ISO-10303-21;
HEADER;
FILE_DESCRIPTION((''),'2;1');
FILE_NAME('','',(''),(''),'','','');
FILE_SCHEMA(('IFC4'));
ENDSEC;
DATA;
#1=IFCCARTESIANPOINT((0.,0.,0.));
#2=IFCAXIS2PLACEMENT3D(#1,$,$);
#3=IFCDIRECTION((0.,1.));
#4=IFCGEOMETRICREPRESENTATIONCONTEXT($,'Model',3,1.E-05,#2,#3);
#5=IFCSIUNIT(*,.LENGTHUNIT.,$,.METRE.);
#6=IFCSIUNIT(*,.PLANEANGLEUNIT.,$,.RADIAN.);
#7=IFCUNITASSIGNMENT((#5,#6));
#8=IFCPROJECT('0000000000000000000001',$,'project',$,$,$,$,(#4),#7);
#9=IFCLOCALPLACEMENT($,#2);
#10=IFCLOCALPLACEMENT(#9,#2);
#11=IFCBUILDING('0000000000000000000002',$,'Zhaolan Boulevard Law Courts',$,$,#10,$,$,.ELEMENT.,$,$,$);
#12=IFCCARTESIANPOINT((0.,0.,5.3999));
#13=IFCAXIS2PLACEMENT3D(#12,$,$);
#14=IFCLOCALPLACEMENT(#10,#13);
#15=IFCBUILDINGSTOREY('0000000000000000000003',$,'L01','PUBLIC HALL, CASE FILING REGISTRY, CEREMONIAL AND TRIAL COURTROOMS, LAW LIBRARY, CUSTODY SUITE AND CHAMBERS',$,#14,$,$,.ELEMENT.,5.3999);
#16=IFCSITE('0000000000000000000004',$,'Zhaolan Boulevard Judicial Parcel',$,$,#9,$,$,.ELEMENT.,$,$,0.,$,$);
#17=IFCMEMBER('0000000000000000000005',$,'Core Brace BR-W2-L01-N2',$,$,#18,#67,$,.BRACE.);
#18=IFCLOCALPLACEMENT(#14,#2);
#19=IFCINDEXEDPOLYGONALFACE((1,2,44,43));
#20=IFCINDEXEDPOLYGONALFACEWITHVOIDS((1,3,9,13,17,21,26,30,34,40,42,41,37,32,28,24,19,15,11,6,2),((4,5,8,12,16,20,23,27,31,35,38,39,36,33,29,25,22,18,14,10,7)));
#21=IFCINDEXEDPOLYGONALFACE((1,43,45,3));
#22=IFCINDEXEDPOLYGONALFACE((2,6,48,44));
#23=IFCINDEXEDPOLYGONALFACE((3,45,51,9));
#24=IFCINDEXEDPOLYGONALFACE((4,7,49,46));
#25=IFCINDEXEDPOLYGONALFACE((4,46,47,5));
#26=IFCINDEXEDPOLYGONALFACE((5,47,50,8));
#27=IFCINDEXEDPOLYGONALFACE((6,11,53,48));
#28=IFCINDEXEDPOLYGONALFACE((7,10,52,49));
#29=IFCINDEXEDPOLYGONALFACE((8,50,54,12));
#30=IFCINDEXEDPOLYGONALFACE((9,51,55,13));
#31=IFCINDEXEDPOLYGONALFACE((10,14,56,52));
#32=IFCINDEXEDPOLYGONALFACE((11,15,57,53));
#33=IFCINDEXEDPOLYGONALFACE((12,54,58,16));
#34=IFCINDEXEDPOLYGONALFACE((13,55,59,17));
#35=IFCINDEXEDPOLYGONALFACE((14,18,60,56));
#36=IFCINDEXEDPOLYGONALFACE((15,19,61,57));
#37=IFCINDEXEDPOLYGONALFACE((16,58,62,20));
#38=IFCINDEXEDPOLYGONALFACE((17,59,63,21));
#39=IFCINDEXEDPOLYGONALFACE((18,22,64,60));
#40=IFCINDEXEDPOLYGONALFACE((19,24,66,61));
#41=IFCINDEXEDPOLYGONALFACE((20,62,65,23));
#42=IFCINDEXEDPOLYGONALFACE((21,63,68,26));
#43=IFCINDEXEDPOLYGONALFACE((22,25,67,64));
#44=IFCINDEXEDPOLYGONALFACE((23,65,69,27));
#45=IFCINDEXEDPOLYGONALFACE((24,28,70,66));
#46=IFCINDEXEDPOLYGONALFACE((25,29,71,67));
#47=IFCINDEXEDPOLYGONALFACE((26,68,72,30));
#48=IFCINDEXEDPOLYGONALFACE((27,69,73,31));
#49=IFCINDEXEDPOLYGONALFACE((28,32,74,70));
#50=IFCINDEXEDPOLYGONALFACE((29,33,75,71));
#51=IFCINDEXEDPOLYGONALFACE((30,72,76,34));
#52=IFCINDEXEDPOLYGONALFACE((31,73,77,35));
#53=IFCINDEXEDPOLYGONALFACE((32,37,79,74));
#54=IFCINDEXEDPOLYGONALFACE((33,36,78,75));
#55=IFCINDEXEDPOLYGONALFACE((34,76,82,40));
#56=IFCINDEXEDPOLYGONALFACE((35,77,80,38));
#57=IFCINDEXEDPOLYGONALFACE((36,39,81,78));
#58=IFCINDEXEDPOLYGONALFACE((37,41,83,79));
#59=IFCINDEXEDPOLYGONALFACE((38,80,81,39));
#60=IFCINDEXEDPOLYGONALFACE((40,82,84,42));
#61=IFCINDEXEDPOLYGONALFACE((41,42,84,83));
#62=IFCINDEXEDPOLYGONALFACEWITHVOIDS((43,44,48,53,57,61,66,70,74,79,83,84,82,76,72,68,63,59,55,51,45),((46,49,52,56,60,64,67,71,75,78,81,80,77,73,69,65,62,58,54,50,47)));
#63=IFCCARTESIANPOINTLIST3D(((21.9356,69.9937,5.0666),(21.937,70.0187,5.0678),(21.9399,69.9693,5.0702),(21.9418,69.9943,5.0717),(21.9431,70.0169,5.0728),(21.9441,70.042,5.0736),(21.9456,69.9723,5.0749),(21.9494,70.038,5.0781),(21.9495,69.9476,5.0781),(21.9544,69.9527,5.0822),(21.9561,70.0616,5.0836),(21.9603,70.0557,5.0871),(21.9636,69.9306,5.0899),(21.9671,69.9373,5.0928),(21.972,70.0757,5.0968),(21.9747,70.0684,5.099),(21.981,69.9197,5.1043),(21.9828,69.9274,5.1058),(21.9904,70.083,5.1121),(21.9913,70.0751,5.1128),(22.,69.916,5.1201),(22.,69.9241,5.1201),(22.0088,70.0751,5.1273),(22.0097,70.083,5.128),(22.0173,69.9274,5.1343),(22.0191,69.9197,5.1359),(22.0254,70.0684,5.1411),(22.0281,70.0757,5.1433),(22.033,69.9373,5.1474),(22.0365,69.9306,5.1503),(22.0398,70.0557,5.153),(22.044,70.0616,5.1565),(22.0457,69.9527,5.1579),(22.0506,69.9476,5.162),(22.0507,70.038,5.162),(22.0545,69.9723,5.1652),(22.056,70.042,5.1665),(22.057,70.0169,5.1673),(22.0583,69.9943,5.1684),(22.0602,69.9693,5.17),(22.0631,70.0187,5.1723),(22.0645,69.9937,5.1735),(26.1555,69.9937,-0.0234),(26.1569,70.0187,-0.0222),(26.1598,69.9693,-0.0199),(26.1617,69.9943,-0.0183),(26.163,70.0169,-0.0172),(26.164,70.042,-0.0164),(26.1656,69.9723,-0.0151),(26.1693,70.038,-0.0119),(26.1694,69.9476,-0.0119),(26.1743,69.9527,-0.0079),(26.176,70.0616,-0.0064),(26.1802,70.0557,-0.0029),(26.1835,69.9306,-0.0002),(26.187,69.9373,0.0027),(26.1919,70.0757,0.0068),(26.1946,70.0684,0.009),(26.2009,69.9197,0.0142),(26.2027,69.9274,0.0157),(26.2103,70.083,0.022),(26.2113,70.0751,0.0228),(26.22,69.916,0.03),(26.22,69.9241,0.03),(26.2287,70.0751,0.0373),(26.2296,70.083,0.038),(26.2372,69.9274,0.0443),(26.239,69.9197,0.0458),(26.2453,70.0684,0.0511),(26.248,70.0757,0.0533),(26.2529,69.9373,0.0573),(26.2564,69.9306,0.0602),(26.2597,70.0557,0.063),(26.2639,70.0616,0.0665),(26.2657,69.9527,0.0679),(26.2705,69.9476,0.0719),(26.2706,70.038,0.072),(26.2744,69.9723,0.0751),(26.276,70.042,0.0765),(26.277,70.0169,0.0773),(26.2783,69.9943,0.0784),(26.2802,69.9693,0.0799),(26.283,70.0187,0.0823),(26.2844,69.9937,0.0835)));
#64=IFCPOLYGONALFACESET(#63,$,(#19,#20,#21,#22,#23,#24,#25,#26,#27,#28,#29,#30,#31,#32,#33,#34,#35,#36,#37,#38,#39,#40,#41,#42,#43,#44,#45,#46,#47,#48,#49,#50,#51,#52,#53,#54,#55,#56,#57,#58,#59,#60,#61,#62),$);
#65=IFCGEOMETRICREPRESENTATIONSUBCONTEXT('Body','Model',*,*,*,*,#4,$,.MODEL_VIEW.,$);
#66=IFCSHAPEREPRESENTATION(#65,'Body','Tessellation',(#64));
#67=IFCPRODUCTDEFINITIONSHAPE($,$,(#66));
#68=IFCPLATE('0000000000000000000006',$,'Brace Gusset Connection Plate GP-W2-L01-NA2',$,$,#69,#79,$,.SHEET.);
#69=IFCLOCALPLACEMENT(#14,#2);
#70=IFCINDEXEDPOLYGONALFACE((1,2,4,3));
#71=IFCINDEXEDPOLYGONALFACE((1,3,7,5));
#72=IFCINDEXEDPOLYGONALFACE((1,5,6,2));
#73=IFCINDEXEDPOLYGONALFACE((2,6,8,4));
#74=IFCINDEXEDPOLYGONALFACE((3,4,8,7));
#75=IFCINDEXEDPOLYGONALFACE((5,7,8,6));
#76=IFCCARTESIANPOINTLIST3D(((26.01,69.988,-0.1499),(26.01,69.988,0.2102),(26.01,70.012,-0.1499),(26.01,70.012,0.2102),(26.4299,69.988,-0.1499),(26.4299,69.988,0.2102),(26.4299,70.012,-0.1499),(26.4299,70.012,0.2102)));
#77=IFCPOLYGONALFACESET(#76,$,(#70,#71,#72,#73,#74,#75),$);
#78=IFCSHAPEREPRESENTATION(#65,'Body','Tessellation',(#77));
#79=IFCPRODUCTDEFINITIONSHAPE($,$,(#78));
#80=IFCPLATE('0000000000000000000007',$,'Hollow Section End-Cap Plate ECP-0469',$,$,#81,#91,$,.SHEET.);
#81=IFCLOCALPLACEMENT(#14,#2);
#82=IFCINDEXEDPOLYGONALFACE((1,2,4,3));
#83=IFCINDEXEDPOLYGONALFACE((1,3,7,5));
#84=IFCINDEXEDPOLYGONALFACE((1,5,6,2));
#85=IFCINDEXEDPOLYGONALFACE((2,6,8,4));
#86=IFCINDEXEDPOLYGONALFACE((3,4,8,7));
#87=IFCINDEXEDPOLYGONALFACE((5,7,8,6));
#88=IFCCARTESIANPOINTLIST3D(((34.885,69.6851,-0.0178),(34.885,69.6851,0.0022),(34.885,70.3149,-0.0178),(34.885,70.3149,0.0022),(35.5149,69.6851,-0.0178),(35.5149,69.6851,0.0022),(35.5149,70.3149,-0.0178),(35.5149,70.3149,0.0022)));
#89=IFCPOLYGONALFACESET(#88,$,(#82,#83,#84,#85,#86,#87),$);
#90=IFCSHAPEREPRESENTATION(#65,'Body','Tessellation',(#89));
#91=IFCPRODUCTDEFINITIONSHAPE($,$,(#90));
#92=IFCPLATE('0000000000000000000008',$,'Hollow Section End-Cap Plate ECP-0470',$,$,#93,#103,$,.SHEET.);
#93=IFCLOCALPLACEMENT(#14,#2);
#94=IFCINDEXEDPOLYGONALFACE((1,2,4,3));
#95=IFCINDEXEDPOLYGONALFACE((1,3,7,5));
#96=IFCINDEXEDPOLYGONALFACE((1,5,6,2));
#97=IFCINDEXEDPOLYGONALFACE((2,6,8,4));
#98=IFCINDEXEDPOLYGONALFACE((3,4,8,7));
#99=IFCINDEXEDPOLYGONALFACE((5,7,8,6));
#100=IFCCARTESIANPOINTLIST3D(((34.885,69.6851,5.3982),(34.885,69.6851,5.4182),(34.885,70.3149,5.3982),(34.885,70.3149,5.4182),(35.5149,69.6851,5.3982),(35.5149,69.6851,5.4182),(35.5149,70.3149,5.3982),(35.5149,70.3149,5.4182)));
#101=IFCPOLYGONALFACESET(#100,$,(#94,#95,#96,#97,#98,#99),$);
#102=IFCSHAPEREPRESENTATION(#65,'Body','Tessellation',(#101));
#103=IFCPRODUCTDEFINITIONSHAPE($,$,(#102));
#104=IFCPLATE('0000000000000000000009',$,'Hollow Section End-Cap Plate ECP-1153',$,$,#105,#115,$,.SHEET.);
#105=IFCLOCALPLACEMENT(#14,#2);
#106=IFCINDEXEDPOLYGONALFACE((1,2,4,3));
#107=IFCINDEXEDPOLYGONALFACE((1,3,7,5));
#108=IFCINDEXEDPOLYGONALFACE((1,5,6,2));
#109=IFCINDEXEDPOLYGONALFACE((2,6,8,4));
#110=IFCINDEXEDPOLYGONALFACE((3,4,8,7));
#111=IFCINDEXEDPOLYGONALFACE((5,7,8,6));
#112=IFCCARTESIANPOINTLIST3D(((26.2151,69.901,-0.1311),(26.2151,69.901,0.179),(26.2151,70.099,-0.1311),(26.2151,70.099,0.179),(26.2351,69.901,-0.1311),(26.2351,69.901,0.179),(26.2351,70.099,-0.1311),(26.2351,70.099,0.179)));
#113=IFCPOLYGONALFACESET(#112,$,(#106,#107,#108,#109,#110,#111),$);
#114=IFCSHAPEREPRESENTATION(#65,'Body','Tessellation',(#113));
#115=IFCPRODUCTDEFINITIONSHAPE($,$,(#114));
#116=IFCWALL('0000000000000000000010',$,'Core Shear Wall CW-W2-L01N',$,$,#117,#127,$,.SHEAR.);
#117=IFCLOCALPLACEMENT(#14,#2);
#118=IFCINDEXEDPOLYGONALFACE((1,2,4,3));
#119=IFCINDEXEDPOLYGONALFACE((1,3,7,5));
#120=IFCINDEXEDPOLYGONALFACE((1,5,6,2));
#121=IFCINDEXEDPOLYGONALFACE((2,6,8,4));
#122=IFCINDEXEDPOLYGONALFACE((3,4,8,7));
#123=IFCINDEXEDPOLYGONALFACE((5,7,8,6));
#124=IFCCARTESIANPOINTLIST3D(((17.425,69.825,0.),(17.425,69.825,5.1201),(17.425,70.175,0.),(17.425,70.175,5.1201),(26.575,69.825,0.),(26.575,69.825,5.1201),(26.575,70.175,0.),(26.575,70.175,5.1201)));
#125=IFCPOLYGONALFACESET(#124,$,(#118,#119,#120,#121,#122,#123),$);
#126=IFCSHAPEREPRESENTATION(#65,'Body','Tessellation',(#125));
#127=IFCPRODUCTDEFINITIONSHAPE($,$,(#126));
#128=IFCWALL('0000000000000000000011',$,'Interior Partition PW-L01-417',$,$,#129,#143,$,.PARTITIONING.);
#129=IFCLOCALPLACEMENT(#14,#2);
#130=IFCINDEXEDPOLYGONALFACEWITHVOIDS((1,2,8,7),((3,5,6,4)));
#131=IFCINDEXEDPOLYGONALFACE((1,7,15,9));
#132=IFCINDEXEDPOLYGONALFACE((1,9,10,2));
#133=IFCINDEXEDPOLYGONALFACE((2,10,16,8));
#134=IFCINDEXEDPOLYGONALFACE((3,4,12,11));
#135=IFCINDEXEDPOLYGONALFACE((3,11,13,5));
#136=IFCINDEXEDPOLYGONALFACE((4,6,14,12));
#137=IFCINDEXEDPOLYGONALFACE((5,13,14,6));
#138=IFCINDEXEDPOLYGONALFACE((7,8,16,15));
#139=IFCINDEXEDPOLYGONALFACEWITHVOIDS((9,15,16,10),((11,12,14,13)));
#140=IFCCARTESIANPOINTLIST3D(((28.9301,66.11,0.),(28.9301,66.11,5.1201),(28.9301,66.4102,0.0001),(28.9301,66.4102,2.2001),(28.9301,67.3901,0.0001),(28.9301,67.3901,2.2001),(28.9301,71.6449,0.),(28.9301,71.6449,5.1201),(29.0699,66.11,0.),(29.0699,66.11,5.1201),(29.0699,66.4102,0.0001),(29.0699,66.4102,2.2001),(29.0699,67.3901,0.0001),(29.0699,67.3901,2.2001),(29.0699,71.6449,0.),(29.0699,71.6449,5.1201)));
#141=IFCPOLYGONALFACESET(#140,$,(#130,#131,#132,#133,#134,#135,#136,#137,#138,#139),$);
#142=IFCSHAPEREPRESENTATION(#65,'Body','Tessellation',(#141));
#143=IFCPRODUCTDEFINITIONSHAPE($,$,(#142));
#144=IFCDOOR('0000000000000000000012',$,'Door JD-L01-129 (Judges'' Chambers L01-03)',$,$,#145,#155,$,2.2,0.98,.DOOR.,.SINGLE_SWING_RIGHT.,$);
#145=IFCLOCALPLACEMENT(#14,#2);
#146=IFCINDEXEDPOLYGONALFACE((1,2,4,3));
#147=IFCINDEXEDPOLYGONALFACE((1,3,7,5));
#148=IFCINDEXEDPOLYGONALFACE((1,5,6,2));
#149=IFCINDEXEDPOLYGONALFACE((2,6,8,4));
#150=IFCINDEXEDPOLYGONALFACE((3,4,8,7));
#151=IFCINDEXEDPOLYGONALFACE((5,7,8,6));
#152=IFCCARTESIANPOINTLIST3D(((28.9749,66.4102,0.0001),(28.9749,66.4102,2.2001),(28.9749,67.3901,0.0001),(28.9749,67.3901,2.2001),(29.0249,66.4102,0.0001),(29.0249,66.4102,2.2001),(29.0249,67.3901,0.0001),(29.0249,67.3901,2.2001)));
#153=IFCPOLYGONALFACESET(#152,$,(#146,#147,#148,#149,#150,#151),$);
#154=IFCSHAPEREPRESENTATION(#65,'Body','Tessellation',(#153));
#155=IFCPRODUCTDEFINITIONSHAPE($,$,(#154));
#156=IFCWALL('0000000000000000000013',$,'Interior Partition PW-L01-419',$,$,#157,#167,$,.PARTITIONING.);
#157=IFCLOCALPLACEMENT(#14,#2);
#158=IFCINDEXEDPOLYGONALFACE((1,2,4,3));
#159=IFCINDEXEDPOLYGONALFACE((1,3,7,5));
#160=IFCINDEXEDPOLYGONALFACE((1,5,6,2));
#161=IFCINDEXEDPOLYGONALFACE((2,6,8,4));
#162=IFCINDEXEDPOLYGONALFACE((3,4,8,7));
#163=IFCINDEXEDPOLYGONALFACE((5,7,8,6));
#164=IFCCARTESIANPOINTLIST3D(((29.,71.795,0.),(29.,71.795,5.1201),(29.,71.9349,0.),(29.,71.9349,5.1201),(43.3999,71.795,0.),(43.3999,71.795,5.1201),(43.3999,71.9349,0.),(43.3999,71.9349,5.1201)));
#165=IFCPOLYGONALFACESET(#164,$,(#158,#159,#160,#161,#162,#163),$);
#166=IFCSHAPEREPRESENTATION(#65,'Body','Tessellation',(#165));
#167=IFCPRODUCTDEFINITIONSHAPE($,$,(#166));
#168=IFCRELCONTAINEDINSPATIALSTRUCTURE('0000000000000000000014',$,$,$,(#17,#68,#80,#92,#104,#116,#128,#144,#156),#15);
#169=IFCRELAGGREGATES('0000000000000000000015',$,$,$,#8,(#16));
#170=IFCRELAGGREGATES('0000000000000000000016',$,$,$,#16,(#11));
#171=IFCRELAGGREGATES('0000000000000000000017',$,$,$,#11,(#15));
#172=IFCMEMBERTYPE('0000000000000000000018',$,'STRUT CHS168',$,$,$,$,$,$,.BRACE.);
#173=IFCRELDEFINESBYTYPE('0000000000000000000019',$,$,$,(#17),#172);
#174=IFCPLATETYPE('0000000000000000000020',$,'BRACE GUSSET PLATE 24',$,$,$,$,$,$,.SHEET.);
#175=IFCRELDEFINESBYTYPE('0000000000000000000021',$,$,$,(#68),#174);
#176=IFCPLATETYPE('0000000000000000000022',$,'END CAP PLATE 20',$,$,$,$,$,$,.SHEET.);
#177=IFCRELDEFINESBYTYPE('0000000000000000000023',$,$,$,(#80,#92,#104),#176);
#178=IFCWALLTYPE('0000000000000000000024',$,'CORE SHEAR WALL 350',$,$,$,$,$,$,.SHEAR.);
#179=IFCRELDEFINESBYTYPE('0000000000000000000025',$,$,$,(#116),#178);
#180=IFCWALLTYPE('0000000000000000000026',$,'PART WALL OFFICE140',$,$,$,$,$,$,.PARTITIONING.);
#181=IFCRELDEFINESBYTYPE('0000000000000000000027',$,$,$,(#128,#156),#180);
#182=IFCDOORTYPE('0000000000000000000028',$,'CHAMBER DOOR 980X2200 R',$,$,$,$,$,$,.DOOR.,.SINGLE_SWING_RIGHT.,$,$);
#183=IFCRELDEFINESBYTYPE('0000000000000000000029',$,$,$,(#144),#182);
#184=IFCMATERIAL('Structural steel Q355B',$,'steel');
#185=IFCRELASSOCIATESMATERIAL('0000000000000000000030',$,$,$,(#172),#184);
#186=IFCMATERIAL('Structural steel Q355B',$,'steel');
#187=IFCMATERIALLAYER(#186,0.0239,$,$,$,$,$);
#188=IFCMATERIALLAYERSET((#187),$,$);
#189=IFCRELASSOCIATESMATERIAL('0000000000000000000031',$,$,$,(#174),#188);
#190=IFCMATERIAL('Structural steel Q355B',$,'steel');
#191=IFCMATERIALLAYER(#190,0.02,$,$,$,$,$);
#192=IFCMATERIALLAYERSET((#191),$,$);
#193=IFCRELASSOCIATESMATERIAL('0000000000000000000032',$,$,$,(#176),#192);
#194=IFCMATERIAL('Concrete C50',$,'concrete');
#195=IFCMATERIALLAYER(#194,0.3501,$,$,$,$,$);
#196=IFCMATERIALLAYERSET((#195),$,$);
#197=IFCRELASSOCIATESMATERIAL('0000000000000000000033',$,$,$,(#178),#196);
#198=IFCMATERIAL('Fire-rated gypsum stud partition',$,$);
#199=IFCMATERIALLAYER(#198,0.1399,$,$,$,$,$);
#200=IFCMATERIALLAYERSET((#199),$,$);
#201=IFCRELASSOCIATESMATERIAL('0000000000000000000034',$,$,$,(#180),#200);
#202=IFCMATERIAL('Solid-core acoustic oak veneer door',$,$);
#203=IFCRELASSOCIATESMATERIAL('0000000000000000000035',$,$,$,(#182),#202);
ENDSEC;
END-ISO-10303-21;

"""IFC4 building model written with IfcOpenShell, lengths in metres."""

from ifc_helpers import new_model, si_unit, direction, frame, frame_2d, origin, origin_2d, place, context, subcontext, project, spatial, rectangle, hollow_circle, extrude, material, layer, layer_set, material_profile, profile_set, type_object, element, fill, save


model = new_model("IFC4")

# Units and contexts
model_context = context("Model", 3, precision=1e-05, world=origin(), true_north=direction((0.0, 1.0)))
body_context = subcontext(model_context, "Body", "Model", "MODEL_VIEW")
ifc_project = project(units=[si_unit("LENGTHUNIT", "METRE"), si_unit("PLANEANGLEUNIT", "RADIAN")], contexts=[model_context])

# Site, building, storey
site_placement = place(None, origin())
site = spatial("IfcSite", under=ifc_project, at=site_placement, Name="Zhaolan Boulevard Judicial Parcel", CompositionType="ELEMENT", RefElevation=0.0)
building_placement = place(site_placement, origin())
building = spatial("IfcBuilding", under=site, at=building_placement, Name="Zhaolan Boulevard Law Courts", CompositionType="ELEMENT")
storey_placement = place(building_placement, frame((0.0, 0.0, 5.3999)))
storey = spatial("IfcBuildingStorey", under=building, at=storey_placement, Name="L01", Description="PUBLIC HALL, CASE FILING REGISTRY, CEREMONIAL AND TRIAL COURTROOMS, LAW LIBRARY, CUSTODY SUITE AND CHAMBERS", CompositionType="ELEMENT", Elevation=5.3999)

# Member
ifc_material_1 = material(Name="Structural steel Q355B", Category="steel")
ifc_material_profile_1 = material_profile(ifc_material_1, hollow_circle(Radius=0.084, WallThickness=0.0081, at=origin_2d()), Name="CHS168x8")
ifc_profile_set_1 = profile_set([ifc_material_profile_1], Name="Structural steel Q355B")
member_type = type_object("IfcMemberType", Name="STRUT CHS168", PredefinedType="BRACE", material=ifc_profile_set_1)
member_placement = place(storey_placement, frame((26.22, 70.0, 0.03), z_axis=(-0.638239, 0.0, 0.769838), x_axis=(0.0, -1.0, 0.0)))
element("IfcMember", 1, at=member_placement, inside=storey, type_object=member_type, Name="Core Brace BR-W2-L01-N2", PredefinedType="BRACE", context=body_context, shape_type="SweptSolid", body=[
    extrude(hollow_circle(Radius=0.084, WallThickness=0.0081, at=origin_2d()), origin(), (0.0, 0.0, 1.0), 6.6118),
])

# Plates
ifc_material_2 = material(Name="Structural steel Q355B", Category="steel")
ifc_layer_1 = layer(ifc_material_2, 0.0239)
ifc_layer_set_1 = layer_set([ifc_layer_1])
plate_type_1 = type_object("IfcPlateType", Name="BRACE GUSSET PLATE 24", PredefinedType="SHEET", material=ifc_layer_set_1)
plate_1_placement = place(storey_placement, frame((26.22, 70.0, -0.1499), z_axis=(0.0, 0.0, 1.0), x_axis=(1.0, 0.0, 0.0)))
element("IfcPlate", 2, at=plate_1_placement, inside=storey, type_object=plate_type_1, Name="Brace Gusset Connection Plate GP-W2-L01-NA2", PredefinedType="SHEET", context=body_context, shape_type="SweptSolid", body=[
    extrude(rectangle(XDim=0.4199, YDim=0.0239, at=origin_2d()), origin(), (0.0, 0.0, 1.0), 0.3601),
])
ifc_material_3 = material(Name="Structural steel Q355B", Category="steel")
ifc_layer_2 = layer(ifc_material_3, 0.02)
ifc_layer_set_2 = layer_set([ifc_layer_2])
plate_type_2 = type_object("IfcPlateType", Name="END CAP PLATE 20", PredefinedType="SHEET", material=ifc_layer_set_2)
for number, where, z_axis, x_axis, name in (
    (3, (35.2, 70.0, -0.0178), (0.0, 0.0, 1.0), (1.0, 0.0, 0.0), "Hollow Section End-Cap Plate ECP-0469"),
    (4, (35.2, 70.0, 5.3982), (0.0, 0.0, 1.0), (1.0, 0.0, 0.0), "Hollow Section End-Cap Plate ECP-0470"),
):
    element("IfcPlate", number, at=place(storey_placement, frame(where, z_axis=z_axis, x_axis=x_axis)), inside=storey, type_object=plate_type_2, Name=name, PredefinedType="SHEET", context=body_context, shape_type="SweptSolid", body=[
        extrude(rectangle(XDim=0.6299, YDim=0.6299, at=origin_2d()), origin(), (0.0, 0.0, 1.0), 0.02),
    ])
plate_2_placement = place(storey_placement, frame((26.2251, 70.0, -0.1311), z_axis=(0.0, 0.0, 1.0), x_axis=(-1.0, 0.0, 0.0)))
element("IfcPlate", 5, at=plate_2_placement, inside=storey, type_object=plate_type_2, Name="Hollow Section End-Cap Plate ECP-1153", PredefinedType="SHEET", context=body_context, shape_type="SweptSolid", body=[
    extrude(rectangle(XDim=0.02, YDim=0.198, at=origin_2d()), origin(), (0.0, 0.0, 1.0), 0.3101),
])

# Wall
ifc_material_4 = material(Name="Concrete C50", Category="concrete")
ifc_layer_3 = layer(ifc_material_4, 0.3501)
ifc_layer_set_3 = layer_set([ifc_layer_3])
wall_type_1 = type_object("IfcWallType", Name="CORE SHEAR WALL 350", PredefinedType="SHEAR", material=ifc_layer_set_3)
wall_1_placement = place(storey_placement, frame((26.575, 70.0, 0.0), z_axis=(0.0, 0.0, 1.0), x_axis=(-1.0, 0.0, 0.0)))
element("IfcWall", 6, at=wall_1_placement, inside=storey, type_object=wall_type_1, Name="Core Shear Wall CW-W2-L01N", PredefinedType="SHEAR", context=body_context, shape_type="SweptSolid", body=[
    extrude(rectangle(XDim=9.1499, YDim=0.3501, at=frame_2d((4.575, 0.0))), origin(), (0.0, 0.0, 1.0), 5.1201),
])

# Wall, opening, door
ifc_material_5 = material(Name="Fire-rated gypsum stud partition")
ifc_layer_4 = layer(ifc_material_5, 0.1399)
ifc_layer_set_4 = layer_set([ifc_layer_4])
wall_type_2 = type_object("IfcWallType", Name="PART WALL OFFICE140", PredefinedType="PARTITIONING", material=ifc_layer_set_4)
wall_2_placement = place(storey_placement, frame((29.0, 71.645, 0.0), z_axis=(0.0, 0.0, 1.0), x_axis=(0.0, -1.0, 0.0)))
wall_2 = element("IfcWall", 7, at=wall_2_placement, inside=storey, type_object=wall_type_2, Name="Interior Partition PW-L01-417", PredefinedType="PARTITIONING", context=body_context, shape_type="SweptSolid", body=[
    extrude(rectangle(XDim=5.5349, YDim=0.1399, at=frame_2d((2.7676, 0.0))), origin(), (0.0, 0.0, 1.0), 5.1201),
])
opening_1_placement = place(wall_2_placement, frame((4.2549, 0.0, 0.0)))
opening_1 = element("IfcOpeningElement", 8, at=opening_1_placement, cuts=wall_2, PredefinedType="OPENING", context=body_context, shape_type="SweptSolid", body=[
    extrude(rectangle(XDim=0.98, YDim=2.2, at=frame_2d((0.49, 1.1001))), frame((0.0, 0.0798, 0.0), z_axis=(0.0, -1.0, 0.0), x_axis=(1.0, 0.0, 0.0)), (0.0, 0.0, 1.0), 0.1599),
])
ifc_material_6 = material(Name="Solid-core acoustic oak veneer door")
door_type_1 = type_object("IfcDoorType", Name="CHAMBER DOOR 980X2200 R", OperationType="SINGLE_SWING_RIGHT", PredefinedType="DOOR", material=ifc_material_6)
door_1_placement = place(opening_1_placement, origin())
door_1 = element("IfcDoor", 9, at=door_1_placement, inside=storey, type_object=door_type_1, Name="Door JD-L01-129 (Judges' Chambers L01-03)", OperationType="SINGLE_SWING_RIGHT", OverallHeight=2.2, OverallWidth=0.98, PredefinedType="DOOR", context=body_context, shape_type="SweptSolid", body=[
    extrude(rectangle(XDim=0.98, YDim=2.2, at=frame_2d((0.49, 1.1001))), frame((0.0, 0.0249, 0.0), z_axis=(0.0, -1.0, 0.0), x_axis=(1.0, 0.0, 0.0)), (0.0, 0.0, 1.0), 0.05),
])
fill(opening_1, door_1)

# Wall
wall_3_placement = place(storey_placement, frame((29.0, 71.865, 0.0), z_axis=(0.0, 0.0, 1.0), x_axis=(1.0, 0.0, 0.0)))
element("IfcWall", 10, at=wall_3_placement, inside=storey, type_object=wall_type_2, Name="Interior Partition PW-L01-419", PredefinedType="PARTITIONING", context=body_context, shape_type="SweptSolid", body=[
    extrude(rectangle(XDim=14.3999, YDim=0.1399, at=frame_2d((7.2, 0.0))), origin(), (0.0, 0.0, 1.0), 5.1201),
])

save(model, "model.ifc")
